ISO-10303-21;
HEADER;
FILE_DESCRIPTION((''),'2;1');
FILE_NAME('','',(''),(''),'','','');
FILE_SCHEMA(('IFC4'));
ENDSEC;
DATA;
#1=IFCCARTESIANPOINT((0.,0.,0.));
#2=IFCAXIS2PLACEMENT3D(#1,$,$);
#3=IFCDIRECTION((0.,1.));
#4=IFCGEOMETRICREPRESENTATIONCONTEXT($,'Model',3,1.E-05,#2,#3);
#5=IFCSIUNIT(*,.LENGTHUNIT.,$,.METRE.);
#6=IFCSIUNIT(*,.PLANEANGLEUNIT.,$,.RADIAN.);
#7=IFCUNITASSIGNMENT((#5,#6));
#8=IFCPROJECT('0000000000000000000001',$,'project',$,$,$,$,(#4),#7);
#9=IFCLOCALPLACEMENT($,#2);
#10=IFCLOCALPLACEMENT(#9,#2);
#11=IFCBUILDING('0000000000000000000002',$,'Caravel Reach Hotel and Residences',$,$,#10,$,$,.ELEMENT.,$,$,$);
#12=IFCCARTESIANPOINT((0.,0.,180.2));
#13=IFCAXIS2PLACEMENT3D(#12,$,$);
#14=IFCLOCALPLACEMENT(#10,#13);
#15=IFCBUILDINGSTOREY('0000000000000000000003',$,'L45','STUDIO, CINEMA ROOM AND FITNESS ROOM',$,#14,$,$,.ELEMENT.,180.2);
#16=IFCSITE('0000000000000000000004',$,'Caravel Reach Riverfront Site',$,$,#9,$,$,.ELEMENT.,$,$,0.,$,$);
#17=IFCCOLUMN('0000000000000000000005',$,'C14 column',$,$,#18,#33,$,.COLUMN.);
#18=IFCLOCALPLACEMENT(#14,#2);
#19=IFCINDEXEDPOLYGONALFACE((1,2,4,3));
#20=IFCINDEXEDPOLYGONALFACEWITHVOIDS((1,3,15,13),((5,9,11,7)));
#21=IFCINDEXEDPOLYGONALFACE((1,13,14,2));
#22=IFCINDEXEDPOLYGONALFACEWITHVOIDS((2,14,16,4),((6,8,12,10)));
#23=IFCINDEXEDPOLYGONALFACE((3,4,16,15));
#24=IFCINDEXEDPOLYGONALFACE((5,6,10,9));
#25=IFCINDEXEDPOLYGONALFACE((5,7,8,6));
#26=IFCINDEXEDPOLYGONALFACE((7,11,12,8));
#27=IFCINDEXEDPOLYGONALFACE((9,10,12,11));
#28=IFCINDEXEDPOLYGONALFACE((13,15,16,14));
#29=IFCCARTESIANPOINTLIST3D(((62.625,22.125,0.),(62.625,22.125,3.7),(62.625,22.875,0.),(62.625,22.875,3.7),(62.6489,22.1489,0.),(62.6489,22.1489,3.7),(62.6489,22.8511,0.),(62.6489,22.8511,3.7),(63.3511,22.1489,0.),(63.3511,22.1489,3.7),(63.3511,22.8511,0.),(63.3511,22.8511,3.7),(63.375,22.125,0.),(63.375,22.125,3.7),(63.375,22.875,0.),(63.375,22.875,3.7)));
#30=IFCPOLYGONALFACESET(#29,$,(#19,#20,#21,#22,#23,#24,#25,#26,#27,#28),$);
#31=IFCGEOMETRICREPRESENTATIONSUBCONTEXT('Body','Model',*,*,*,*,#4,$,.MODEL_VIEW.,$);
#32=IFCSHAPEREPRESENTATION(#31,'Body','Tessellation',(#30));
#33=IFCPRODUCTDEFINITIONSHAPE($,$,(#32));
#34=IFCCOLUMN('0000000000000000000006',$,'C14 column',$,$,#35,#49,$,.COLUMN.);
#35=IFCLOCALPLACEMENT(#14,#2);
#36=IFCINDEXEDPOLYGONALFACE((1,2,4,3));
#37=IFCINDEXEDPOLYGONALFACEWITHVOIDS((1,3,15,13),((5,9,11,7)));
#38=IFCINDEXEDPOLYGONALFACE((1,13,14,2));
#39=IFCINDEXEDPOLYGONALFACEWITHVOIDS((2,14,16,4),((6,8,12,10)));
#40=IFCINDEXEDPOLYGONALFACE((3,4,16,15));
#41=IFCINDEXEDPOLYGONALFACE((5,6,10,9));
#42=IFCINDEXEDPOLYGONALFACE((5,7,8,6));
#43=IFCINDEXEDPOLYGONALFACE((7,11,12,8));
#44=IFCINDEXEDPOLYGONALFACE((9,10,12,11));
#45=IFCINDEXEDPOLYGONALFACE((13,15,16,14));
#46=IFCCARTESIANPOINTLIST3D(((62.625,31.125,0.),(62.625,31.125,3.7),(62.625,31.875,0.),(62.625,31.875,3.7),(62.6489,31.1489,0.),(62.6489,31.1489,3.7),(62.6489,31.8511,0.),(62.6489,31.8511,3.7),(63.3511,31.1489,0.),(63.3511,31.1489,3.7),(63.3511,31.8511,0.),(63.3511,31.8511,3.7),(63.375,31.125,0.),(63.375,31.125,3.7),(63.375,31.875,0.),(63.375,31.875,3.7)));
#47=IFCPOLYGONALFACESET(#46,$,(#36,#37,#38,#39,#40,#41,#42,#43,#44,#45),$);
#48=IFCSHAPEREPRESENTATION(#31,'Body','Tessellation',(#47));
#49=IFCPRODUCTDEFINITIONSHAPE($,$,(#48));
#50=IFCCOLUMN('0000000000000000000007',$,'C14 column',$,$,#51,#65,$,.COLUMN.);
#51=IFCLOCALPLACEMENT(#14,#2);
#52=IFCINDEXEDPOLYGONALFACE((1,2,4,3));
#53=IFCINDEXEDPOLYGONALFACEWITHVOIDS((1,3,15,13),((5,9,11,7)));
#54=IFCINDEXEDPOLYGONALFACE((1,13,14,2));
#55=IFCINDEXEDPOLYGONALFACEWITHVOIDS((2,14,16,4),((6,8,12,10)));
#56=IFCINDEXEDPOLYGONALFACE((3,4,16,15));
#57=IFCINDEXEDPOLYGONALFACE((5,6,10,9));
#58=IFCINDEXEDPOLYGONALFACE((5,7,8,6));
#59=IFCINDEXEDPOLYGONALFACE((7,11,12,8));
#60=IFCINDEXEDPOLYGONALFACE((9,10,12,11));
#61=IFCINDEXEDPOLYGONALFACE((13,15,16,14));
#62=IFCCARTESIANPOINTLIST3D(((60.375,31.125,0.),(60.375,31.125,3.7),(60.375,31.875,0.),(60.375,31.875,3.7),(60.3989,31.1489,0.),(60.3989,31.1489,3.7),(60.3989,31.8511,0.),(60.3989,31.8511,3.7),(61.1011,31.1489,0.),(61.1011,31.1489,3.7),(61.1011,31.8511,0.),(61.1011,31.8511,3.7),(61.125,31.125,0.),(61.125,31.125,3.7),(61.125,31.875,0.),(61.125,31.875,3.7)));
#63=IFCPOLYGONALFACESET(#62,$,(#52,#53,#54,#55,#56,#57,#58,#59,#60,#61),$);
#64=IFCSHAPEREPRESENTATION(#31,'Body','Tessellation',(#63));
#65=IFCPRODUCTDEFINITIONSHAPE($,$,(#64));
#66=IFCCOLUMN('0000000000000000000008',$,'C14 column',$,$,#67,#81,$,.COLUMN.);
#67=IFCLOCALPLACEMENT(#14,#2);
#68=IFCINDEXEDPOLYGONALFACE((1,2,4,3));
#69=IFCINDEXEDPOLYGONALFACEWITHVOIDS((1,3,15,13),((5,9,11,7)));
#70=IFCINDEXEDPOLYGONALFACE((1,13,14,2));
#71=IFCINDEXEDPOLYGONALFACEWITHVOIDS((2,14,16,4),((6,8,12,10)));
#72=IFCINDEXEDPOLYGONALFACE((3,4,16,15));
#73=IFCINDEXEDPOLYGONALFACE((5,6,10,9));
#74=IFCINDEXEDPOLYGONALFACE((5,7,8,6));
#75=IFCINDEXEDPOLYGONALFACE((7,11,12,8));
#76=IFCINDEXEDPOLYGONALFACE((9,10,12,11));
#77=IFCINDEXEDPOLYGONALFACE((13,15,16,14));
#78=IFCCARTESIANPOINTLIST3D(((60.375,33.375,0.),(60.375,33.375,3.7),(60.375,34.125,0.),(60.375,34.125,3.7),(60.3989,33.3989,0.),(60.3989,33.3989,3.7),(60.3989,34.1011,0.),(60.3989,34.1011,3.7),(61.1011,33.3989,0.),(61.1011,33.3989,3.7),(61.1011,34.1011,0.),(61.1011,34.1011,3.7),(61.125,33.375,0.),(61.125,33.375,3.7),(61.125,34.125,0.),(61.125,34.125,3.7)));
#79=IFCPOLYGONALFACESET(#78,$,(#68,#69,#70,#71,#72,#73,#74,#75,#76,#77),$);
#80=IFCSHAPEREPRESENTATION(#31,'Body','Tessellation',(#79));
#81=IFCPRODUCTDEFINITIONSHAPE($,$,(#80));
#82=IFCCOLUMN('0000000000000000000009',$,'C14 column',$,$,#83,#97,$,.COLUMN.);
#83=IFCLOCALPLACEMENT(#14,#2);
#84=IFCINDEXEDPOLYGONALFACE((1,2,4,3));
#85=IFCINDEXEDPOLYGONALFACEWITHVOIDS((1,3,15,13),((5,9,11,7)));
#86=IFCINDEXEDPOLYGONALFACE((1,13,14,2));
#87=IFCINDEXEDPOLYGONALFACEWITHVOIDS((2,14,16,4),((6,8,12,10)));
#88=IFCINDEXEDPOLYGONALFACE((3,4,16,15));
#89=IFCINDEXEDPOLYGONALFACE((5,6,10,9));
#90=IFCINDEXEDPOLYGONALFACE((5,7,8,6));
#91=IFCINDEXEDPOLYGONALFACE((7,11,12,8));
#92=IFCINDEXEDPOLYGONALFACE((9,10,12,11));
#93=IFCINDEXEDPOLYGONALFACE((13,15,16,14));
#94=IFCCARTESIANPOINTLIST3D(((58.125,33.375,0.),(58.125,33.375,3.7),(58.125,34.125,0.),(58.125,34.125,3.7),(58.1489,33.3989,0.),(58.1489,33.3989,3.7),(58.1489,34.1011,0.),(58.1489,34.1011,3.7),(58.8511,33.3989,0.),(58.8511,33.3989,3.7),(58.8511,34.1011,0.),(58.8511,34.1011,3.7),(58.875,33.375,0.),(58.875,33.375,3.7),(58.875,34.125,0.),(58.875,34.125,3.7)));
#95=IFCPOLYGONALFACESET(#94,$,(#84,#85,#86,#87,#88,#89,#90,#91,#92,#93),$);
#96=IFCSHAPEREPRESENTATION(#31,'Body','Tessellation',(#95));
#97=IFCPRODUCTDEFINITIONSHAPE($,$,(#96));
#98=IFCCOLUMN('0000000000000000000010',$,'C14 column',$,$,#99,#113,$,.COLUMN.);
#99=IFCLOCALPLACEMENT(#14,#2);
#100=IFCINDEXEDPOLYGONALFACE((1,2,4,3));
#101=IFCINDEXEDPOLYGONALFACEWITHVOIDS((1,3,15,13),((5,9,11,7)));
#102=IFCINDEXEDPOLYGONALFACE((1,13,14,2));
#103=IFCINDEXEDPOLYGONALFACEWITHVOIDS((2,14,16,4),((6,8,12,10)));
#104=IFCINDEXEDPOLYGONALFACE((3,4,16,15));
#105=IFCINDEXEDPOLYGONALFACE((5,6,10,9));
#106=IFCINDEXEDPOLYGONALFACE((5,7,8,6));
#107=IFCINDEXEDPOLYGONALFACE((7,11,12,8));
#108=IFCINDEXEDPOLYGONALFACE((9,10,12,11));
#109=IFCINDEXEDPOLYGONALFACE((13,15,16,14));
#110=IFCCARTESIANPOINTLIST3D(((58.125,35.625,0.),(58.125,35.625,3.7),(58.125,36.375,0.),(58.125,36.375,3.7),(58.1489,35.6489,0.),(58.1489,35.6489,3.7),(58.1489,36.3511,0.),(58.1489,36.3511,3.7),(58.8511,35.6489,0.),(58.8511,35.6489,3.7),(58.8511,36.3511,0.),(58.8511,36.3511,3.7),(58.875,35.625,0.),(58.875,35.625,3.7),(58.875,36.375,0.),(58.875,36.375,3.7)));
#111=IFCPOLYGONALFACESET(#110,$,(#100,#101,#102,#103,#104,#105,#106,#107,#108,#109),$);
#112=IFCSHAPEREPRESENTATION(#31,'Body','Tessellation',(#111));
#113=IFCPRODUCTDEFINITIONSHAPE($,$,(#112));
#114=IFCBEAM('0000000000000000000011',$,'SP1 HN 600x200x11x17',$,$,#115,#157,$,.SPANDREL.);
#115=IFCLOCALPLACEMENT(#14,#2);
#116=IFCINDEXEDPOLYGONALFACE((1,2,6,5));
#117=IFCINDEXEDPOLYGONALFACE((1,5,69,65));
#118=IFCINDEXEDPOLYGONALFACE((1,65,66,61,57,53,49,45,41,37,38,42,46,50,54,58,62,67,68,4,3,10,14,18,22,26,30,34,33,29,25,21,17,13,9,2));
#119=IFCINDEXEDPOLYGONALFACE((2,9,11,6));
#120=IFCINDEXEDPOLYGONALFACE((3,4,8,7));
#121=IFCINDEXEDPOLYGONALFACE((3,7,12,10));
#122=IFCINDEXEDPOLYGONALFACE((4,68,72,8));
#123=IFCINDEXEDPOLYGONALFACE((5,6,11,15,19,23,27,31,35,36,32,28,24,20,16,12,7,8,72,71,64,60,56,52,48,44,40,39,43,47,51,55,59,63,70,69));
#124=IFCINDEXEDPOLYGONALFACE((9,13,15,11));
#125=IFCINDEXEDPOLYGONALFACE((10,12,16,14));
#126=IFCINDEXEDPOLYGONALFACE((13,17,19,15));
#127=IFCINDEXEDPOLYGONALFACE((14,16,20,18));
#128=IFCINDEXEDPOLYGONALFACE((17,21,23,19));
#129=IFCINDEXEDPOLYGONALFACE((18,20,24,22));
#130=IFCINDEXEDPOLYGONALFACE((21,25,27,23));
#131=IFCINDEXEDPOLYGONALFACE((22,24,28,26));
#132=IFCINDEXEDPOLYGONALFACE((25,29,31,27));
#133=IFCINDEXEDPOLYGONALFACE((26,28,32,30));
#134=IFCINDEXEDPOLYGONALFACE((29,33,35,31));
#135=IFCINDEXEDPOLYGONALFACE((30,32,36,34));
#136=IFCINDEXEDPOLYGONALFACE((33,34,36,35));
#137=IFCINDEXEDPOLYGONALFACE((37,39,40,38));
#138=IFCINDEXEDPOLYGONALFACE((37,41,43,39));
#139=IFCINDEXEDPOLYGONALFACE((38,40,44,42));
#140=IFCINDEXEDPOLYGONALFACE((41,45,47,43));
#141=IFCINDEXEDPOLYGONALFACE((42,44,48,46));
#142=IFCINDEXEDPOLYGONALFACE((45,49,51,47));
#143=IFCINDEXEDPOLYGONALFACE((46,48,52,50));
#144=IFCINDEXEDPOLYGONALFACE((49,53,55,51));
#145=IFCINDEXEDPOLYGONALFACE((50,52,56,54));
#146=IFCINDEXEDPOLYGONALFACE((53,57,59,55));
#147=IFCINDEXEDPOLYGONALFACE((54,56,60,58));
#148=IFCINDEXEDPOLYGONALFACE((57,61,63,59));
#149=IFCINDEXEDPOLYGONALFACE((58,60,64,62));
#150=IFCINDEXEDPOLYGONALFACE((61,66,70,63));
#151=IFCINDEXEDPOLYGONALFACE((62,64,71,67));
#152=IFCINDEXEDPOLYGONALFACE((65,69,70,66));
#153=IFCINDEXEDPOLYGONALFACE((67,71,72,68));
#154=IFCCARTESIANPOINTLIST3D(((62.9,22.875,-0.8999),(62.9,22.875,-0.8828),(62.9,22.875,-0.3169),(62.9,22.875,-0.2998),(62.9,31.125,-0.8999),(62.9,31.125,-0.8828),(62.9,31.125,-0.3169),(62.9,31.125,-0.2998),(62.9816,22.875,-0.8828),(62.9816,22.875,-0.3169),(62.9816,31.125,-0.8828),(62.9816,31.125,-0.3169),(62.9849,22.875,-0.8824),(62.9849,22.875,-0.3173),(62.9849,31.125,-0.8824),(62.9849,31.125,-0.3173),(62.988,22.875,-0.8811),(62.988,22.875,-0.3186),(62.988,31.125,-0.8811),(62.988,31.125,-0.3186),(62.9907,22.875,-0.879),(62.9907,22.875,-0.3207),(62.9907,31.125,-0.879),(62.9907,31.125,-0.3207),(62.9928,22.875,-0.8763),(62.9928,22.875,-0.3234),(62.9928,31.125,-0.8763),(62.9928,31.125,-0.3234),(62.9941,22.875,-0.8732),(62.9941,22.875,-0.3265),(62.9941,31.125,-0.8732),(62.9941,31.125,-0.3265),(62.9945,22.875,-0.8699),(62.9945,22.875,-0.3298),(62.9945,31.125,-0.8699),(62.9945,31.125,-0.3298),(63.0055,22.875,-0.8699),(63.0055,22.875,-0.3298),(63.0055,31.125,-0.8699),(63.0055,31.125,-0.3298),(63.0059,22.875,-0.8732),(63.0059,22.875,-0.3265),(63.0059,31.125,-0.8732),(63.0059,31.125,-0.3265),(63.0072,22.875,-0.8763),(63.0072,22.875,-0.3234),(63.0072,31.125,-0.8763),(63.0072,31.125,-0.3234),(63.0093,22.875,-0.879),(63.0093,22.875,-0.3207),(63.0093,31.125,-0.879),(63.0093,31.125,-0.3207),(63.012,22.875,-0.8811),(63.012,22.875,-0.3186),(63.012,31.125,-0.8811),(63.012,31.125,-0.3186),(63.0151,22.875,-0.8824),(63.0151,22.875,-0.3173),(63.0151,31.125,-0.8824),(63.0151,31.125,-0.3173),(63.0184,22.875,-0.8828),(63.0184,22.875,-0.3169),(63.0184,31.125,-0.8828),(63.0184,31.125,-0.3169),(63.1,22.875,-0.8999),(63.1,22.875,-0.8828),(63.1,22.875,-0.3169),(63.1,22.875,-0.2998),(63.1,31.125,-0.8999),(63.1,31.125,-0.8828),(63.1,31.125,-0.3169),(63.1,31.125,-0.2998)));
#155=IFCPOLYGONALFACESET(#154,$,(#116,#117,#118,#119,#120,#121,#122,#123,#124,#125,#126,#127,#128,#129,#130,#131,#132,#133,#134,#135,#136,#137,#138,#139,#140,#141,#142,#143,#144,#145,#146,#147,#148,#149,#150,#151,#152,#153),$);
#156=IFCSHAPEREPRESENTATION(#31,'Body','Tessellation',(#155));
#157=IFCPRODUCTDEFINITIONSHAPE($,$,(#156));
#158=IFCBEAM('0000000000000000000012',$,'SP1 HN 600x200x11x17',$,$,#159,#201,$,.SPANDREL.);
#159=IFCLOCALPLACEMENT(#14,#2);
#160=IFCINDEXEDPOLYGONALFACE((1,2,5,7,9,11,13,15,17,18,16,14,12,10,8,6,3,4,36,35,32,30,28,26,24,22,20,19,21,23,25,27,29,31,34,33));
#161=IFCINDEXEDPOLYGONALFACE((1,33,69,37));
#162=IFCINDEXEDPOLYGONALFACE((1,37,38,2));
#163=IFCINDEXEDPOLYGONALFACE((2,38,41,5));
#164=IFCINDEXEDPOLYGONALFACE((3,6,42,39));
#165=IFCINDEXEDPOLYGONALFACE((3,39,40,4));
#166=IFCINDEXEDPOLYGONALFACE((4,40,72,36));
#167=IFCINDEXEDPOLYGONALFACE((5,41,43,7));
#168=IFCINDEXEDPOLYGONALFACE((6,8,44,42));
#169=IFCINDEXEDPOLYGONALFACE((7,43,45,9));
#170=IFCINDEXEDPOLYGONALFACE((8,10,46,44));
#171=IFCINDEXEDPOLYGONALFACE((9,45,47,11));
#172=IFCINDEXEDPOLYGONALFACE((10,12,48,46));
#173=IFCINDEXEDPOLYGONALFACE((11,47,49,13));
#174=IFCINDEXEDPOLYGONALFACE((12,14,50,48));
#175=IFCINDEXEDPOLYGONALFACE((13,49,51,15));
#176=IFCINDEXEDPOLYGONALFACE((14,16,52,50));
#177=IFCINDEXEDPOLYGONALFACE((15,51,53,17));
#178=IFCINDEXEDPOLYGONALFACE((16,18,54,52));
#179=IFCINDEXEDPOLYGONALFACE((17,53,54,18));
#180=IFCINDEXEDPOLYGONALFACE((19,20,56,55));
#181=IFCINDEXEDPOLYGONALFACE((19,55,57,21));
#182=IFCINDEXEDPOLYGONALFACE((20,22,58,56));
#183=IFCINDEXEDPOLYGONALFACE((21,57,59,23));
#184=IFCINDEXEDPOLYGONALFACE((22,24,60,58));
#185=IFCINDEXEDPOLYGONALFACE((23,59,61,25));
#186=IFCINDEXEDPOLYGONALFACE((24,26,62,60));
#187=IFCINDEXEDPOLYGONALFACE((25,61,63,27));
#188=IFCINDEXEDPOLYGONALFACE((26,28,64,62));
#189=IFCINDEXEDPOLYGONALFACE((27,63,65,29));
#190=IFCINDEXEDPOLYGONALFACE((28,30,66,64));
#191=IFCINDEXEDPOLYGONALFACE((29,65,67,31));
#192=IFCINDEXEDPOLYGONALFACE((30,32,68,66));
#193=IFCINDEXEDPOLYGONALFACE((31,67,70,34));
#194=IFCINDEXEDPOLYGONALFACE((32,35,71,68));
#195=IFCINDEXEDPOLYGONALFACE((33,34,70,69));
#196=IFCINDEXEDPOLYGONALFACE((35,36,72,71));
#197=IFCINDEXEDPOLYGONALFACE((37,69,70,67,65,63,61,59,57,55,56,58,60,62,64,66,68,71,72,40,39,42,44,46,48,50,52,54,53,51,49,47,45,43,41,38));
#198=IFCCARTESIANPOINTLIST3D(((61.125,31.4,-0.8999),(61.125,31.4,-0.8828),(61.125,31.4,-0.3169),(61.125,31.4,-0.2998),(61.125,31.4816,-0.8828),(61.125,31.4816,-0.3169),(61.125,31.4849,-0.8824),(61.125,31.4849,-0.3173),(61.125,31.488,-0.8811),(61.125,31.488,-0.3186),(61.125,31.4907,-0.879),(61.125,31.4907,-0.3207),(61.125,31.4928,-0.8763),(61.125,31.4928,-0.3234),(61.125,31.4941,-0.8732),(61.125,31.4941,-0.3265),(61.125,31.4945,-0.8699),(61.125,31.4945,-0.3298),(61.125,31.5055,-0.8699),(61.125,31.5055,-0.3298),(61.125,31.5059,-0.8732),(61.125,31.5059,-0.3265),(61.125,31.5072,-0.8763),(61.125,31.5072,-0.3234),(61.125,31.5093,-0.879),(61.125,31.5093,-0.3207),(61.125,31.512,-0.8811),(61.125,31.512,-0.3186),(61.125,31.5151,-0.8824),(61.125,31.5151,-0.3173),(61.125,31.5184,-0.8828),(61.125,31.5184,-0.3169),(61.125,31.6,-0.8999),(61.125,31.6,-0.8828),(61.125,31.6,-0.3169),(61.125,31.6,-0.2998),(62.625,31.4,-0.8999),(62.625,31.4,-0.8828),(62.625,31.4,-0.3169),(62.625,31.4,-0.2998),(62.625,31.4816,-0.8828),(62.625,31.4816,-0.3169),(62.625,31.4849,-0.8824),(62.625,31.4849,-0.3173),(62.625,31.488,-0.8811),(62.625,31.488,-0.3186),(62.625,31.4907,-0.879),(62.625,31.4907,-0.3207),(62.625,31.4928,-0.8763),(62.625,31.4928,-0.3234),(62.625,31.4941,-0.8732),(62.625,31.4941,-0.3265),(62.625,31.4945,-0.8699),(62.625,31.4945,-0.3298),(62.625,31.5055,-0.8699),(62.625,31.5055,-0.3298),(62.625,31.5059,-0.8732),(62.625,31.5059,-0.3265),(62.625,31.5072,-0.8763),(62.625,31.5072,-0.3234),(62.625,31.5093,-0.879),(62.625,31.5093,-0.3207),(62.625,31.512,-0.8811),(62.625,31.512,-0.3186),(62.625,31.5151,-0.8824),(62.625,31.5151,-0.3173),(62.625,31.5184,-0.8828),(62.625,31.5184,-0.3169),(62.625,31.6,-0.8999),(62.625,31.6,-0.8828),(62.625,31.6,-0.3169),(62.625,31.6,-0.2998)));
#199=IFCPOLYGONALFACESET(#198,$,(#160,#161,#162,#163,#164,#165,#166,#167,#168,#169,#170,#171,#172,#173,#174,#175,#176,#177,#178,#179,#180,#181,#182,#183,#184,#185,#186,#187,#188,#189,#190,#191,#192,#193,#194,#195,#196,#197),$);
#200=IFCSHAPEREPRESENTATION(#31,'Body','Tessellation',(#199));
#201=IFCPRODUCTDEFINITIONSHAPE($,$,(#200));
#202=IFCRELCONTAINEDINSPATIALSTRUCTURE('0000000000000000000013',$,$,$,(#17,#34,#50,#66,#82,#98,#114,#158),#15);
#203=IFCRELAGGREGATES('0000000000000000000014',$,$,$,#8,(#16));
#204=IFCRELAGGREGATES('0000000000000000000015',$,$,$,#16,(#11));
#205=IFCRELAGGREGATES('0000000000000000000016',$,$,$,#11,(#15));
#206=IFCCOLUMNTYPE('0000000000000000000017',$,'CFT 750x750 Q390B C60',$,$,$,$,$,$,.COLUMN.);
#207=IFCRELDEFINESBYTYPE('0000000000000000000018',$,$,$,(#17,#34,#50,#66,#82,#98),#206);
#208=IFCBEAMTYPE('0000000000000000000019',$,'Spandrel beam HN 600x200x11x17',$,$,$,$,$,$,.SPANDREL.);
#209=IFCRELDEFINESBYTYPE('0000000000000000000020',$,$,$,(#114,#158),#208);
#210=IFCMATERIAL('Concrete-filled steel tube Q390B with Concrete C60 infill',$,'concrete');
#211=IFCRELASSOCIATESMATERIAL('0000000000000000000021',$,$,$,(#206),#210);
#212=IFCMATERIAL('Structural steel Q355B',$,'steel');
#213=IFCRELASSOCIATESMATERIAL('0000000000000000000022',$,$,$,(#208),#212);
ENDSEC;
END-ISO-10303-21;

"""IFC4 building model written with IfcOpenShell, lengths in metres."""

from ifc_helpers import new_model, si_unit, direction, frame, origin, origin_2d, place, context, subcontext, project, spatial, hollow_rectangle, i_section, extrude, material, material_profile, profile_set, type_object, element, save


model = new_model("IFC4")

# Units and contexts
model_context = context("Model", 3, precision=1e-05, world=origin(), true_north=direction((0.0, 1.0)))
body_context = subcontext(model_context, "Body", "Model", "MODEL_VIEW")
ifc_project = project(units=[si_unit("LENGTHUNIT", "METRE"), si_unit("PLANEANGLEUNIT", "RADIAN")], contexts=[model_context])

# Site, building, storey
site_placement = place(None, origin())
site = spatial("IfcSite", under=ifc_project, at=site_placement, Name="Caravel Reach Riverfront Site", CompositionType="ELEMENT", RefElevation=0.0)
building_placement = place(site_placement, origin())
building = spatial("IfcBuilding", under=site, at=building_placement, Name="Caravel Reach Hotel and Residences", CompositionType="ELEMENT")
storey_placement = place(building_placement, frame((0.0, 0.0, 180.2)))
storey = spatial("IfcBuildingStorey", under=building, at=storey_placement, Name="L45", Description="STUDIO, CINEMA ROOM AND FITNESS ROOM", CompositionType="ELEMENT", Elevation=180.2)

# Columns
ifc_material_1 = material(Name="Concrete-filled steel tube Q390B with Concrete C60 infill", Category="concrete")
ifc_material_profile_1 = material_profile(ifc_material_1, hollow_rectangle(XDim=0.75, YDim=0.75, WallThickness=0.0239, at=origin_2d()), Name="RHS 750x750x24")
ifc_profile_set_1 = profile_set([ifc_material_profile_1], Name="Concrete-filled steel tube Q390B with Concrete C60 infill")
column_type = type_object("IfcColumnType", Name="CFT 750x750 Q390B C60", PredefinedType="COLUMN", material=ifc_profile_set_1)
for number, where, z_axis, x_axis, name in (
    (1, (63.0, 22.5, 0.0), (0.0, 0.0, 1.0), (1.0, 0.0, 0.0), "C14 column"),
    (2, (63.0, 31.5, 0.0), (0.0, 0.0, 1.0), (1.0, 0.0, 0.0), "C14 column"),
    (3, (60.75, 31.5, 0.0), (0.0, 0.0, 1.0), (1.0, 0.0, 0.0), "C14 column"),
    (4, (60.75, 33.75, 0.0), (0.0, 0.0, 1.0), (1.0, 0.0, 0.0), "C14 column"),
    (5, (58.5, 33.75, 0.0), (0.0, 0.0, 1.0), (1.0, 0.0, 0.0), "C14 column"),
    (6, (58.5, 36.0, 0.0), (0.0, 0.0, 1.0), (1.0, 0.0, 0.0), "C14 column"),
):
    element("IfcColumn", number, at=place(storey_placement, frame(where, z_axis=z_axis, x_axis=x_axis)), inside=storey, type_object=column_type, Name=name, PredefinedType="COLUMN", context=body_context, shape_type="SweptSolid", body=[
        extrude(hollow_rectangle(XDim=0.75, YDim=0.75, WallThickness=0.0239, at=origin_2d()), origin(), (0.0, 0.0, 1.0), 3.7),
    ])

# Beams
ifc_material_2 = material(Name="Structural steel Q355B", Category="steel")
ifc_material_profile_2 = material_profile(ifc_material_2, i_section(OverallWidth=0.2, OverallDepth=0.6001, WebThickness=0.011, FlangeThickness=0.0171, FilletRadius=0.0129, at=origin_2d()), Name="HN 600x200x11x17")
ifc_profile_set_2 = profile_set([ifc_material_profile_2], Name="Structural steel Q355B")
beam_type = type_object("IfcBeamType", Name="Spandrel beam HN 600x200x11x17", PredefinedType="SPANDREL", material=ifc_profile_set_2)
beam_placement = place(storey_placement, frame((63.0, 22.875, -0.5999), z_axis=(0.0, 1.0, 0.0), x_axis=(-1.0, 0.0, 0.0)))
element("IfcBeam", 7, at=beam_placement, inside=storey, type_object=beam_type, Name="SP1 HN 600x200x11x17", PredefinedType="SPANDREL", context=body_context, shape_type="SweptSolid", body=[
    extrude(i_section(OverallWidth=0.2, OverallDepth=0.6001, WebThickness=0.011, FlangeThickness=0.0171, FilletRadius=0.0129, at=origin_2d()), origin(), (0.0, 0.0, 1.0), 8.25),
])
for number, where, z_axis, x_axis, name in (
    (8, (62.625, 31.5, -0.5999), (-1.0, 0.0, 0.0), (0.0, -1.0, 0.0), "SP1 HN 600x200x11x17"),
):
    element("IfcBeam", number, at=place(storey_placement, frame(where, z_axis=z_axis, x_axis=x_axis)), inside=storey, type_object=beam_type, Name=name, PredefinedType="SPANDREL", context=body_context, shape_type="SweptSolid", body=[
        extrude(i_section(OverallWidth=0.2, OverallDepth=0.6001, WebThickness=0.011, FlangeThickness=0.0171, FilletRadius=0.0129, at=origin_2d()), origin(), (0.0, 0.0, 1.0), 1.5),
    ])

save(model, "model.ifc")
